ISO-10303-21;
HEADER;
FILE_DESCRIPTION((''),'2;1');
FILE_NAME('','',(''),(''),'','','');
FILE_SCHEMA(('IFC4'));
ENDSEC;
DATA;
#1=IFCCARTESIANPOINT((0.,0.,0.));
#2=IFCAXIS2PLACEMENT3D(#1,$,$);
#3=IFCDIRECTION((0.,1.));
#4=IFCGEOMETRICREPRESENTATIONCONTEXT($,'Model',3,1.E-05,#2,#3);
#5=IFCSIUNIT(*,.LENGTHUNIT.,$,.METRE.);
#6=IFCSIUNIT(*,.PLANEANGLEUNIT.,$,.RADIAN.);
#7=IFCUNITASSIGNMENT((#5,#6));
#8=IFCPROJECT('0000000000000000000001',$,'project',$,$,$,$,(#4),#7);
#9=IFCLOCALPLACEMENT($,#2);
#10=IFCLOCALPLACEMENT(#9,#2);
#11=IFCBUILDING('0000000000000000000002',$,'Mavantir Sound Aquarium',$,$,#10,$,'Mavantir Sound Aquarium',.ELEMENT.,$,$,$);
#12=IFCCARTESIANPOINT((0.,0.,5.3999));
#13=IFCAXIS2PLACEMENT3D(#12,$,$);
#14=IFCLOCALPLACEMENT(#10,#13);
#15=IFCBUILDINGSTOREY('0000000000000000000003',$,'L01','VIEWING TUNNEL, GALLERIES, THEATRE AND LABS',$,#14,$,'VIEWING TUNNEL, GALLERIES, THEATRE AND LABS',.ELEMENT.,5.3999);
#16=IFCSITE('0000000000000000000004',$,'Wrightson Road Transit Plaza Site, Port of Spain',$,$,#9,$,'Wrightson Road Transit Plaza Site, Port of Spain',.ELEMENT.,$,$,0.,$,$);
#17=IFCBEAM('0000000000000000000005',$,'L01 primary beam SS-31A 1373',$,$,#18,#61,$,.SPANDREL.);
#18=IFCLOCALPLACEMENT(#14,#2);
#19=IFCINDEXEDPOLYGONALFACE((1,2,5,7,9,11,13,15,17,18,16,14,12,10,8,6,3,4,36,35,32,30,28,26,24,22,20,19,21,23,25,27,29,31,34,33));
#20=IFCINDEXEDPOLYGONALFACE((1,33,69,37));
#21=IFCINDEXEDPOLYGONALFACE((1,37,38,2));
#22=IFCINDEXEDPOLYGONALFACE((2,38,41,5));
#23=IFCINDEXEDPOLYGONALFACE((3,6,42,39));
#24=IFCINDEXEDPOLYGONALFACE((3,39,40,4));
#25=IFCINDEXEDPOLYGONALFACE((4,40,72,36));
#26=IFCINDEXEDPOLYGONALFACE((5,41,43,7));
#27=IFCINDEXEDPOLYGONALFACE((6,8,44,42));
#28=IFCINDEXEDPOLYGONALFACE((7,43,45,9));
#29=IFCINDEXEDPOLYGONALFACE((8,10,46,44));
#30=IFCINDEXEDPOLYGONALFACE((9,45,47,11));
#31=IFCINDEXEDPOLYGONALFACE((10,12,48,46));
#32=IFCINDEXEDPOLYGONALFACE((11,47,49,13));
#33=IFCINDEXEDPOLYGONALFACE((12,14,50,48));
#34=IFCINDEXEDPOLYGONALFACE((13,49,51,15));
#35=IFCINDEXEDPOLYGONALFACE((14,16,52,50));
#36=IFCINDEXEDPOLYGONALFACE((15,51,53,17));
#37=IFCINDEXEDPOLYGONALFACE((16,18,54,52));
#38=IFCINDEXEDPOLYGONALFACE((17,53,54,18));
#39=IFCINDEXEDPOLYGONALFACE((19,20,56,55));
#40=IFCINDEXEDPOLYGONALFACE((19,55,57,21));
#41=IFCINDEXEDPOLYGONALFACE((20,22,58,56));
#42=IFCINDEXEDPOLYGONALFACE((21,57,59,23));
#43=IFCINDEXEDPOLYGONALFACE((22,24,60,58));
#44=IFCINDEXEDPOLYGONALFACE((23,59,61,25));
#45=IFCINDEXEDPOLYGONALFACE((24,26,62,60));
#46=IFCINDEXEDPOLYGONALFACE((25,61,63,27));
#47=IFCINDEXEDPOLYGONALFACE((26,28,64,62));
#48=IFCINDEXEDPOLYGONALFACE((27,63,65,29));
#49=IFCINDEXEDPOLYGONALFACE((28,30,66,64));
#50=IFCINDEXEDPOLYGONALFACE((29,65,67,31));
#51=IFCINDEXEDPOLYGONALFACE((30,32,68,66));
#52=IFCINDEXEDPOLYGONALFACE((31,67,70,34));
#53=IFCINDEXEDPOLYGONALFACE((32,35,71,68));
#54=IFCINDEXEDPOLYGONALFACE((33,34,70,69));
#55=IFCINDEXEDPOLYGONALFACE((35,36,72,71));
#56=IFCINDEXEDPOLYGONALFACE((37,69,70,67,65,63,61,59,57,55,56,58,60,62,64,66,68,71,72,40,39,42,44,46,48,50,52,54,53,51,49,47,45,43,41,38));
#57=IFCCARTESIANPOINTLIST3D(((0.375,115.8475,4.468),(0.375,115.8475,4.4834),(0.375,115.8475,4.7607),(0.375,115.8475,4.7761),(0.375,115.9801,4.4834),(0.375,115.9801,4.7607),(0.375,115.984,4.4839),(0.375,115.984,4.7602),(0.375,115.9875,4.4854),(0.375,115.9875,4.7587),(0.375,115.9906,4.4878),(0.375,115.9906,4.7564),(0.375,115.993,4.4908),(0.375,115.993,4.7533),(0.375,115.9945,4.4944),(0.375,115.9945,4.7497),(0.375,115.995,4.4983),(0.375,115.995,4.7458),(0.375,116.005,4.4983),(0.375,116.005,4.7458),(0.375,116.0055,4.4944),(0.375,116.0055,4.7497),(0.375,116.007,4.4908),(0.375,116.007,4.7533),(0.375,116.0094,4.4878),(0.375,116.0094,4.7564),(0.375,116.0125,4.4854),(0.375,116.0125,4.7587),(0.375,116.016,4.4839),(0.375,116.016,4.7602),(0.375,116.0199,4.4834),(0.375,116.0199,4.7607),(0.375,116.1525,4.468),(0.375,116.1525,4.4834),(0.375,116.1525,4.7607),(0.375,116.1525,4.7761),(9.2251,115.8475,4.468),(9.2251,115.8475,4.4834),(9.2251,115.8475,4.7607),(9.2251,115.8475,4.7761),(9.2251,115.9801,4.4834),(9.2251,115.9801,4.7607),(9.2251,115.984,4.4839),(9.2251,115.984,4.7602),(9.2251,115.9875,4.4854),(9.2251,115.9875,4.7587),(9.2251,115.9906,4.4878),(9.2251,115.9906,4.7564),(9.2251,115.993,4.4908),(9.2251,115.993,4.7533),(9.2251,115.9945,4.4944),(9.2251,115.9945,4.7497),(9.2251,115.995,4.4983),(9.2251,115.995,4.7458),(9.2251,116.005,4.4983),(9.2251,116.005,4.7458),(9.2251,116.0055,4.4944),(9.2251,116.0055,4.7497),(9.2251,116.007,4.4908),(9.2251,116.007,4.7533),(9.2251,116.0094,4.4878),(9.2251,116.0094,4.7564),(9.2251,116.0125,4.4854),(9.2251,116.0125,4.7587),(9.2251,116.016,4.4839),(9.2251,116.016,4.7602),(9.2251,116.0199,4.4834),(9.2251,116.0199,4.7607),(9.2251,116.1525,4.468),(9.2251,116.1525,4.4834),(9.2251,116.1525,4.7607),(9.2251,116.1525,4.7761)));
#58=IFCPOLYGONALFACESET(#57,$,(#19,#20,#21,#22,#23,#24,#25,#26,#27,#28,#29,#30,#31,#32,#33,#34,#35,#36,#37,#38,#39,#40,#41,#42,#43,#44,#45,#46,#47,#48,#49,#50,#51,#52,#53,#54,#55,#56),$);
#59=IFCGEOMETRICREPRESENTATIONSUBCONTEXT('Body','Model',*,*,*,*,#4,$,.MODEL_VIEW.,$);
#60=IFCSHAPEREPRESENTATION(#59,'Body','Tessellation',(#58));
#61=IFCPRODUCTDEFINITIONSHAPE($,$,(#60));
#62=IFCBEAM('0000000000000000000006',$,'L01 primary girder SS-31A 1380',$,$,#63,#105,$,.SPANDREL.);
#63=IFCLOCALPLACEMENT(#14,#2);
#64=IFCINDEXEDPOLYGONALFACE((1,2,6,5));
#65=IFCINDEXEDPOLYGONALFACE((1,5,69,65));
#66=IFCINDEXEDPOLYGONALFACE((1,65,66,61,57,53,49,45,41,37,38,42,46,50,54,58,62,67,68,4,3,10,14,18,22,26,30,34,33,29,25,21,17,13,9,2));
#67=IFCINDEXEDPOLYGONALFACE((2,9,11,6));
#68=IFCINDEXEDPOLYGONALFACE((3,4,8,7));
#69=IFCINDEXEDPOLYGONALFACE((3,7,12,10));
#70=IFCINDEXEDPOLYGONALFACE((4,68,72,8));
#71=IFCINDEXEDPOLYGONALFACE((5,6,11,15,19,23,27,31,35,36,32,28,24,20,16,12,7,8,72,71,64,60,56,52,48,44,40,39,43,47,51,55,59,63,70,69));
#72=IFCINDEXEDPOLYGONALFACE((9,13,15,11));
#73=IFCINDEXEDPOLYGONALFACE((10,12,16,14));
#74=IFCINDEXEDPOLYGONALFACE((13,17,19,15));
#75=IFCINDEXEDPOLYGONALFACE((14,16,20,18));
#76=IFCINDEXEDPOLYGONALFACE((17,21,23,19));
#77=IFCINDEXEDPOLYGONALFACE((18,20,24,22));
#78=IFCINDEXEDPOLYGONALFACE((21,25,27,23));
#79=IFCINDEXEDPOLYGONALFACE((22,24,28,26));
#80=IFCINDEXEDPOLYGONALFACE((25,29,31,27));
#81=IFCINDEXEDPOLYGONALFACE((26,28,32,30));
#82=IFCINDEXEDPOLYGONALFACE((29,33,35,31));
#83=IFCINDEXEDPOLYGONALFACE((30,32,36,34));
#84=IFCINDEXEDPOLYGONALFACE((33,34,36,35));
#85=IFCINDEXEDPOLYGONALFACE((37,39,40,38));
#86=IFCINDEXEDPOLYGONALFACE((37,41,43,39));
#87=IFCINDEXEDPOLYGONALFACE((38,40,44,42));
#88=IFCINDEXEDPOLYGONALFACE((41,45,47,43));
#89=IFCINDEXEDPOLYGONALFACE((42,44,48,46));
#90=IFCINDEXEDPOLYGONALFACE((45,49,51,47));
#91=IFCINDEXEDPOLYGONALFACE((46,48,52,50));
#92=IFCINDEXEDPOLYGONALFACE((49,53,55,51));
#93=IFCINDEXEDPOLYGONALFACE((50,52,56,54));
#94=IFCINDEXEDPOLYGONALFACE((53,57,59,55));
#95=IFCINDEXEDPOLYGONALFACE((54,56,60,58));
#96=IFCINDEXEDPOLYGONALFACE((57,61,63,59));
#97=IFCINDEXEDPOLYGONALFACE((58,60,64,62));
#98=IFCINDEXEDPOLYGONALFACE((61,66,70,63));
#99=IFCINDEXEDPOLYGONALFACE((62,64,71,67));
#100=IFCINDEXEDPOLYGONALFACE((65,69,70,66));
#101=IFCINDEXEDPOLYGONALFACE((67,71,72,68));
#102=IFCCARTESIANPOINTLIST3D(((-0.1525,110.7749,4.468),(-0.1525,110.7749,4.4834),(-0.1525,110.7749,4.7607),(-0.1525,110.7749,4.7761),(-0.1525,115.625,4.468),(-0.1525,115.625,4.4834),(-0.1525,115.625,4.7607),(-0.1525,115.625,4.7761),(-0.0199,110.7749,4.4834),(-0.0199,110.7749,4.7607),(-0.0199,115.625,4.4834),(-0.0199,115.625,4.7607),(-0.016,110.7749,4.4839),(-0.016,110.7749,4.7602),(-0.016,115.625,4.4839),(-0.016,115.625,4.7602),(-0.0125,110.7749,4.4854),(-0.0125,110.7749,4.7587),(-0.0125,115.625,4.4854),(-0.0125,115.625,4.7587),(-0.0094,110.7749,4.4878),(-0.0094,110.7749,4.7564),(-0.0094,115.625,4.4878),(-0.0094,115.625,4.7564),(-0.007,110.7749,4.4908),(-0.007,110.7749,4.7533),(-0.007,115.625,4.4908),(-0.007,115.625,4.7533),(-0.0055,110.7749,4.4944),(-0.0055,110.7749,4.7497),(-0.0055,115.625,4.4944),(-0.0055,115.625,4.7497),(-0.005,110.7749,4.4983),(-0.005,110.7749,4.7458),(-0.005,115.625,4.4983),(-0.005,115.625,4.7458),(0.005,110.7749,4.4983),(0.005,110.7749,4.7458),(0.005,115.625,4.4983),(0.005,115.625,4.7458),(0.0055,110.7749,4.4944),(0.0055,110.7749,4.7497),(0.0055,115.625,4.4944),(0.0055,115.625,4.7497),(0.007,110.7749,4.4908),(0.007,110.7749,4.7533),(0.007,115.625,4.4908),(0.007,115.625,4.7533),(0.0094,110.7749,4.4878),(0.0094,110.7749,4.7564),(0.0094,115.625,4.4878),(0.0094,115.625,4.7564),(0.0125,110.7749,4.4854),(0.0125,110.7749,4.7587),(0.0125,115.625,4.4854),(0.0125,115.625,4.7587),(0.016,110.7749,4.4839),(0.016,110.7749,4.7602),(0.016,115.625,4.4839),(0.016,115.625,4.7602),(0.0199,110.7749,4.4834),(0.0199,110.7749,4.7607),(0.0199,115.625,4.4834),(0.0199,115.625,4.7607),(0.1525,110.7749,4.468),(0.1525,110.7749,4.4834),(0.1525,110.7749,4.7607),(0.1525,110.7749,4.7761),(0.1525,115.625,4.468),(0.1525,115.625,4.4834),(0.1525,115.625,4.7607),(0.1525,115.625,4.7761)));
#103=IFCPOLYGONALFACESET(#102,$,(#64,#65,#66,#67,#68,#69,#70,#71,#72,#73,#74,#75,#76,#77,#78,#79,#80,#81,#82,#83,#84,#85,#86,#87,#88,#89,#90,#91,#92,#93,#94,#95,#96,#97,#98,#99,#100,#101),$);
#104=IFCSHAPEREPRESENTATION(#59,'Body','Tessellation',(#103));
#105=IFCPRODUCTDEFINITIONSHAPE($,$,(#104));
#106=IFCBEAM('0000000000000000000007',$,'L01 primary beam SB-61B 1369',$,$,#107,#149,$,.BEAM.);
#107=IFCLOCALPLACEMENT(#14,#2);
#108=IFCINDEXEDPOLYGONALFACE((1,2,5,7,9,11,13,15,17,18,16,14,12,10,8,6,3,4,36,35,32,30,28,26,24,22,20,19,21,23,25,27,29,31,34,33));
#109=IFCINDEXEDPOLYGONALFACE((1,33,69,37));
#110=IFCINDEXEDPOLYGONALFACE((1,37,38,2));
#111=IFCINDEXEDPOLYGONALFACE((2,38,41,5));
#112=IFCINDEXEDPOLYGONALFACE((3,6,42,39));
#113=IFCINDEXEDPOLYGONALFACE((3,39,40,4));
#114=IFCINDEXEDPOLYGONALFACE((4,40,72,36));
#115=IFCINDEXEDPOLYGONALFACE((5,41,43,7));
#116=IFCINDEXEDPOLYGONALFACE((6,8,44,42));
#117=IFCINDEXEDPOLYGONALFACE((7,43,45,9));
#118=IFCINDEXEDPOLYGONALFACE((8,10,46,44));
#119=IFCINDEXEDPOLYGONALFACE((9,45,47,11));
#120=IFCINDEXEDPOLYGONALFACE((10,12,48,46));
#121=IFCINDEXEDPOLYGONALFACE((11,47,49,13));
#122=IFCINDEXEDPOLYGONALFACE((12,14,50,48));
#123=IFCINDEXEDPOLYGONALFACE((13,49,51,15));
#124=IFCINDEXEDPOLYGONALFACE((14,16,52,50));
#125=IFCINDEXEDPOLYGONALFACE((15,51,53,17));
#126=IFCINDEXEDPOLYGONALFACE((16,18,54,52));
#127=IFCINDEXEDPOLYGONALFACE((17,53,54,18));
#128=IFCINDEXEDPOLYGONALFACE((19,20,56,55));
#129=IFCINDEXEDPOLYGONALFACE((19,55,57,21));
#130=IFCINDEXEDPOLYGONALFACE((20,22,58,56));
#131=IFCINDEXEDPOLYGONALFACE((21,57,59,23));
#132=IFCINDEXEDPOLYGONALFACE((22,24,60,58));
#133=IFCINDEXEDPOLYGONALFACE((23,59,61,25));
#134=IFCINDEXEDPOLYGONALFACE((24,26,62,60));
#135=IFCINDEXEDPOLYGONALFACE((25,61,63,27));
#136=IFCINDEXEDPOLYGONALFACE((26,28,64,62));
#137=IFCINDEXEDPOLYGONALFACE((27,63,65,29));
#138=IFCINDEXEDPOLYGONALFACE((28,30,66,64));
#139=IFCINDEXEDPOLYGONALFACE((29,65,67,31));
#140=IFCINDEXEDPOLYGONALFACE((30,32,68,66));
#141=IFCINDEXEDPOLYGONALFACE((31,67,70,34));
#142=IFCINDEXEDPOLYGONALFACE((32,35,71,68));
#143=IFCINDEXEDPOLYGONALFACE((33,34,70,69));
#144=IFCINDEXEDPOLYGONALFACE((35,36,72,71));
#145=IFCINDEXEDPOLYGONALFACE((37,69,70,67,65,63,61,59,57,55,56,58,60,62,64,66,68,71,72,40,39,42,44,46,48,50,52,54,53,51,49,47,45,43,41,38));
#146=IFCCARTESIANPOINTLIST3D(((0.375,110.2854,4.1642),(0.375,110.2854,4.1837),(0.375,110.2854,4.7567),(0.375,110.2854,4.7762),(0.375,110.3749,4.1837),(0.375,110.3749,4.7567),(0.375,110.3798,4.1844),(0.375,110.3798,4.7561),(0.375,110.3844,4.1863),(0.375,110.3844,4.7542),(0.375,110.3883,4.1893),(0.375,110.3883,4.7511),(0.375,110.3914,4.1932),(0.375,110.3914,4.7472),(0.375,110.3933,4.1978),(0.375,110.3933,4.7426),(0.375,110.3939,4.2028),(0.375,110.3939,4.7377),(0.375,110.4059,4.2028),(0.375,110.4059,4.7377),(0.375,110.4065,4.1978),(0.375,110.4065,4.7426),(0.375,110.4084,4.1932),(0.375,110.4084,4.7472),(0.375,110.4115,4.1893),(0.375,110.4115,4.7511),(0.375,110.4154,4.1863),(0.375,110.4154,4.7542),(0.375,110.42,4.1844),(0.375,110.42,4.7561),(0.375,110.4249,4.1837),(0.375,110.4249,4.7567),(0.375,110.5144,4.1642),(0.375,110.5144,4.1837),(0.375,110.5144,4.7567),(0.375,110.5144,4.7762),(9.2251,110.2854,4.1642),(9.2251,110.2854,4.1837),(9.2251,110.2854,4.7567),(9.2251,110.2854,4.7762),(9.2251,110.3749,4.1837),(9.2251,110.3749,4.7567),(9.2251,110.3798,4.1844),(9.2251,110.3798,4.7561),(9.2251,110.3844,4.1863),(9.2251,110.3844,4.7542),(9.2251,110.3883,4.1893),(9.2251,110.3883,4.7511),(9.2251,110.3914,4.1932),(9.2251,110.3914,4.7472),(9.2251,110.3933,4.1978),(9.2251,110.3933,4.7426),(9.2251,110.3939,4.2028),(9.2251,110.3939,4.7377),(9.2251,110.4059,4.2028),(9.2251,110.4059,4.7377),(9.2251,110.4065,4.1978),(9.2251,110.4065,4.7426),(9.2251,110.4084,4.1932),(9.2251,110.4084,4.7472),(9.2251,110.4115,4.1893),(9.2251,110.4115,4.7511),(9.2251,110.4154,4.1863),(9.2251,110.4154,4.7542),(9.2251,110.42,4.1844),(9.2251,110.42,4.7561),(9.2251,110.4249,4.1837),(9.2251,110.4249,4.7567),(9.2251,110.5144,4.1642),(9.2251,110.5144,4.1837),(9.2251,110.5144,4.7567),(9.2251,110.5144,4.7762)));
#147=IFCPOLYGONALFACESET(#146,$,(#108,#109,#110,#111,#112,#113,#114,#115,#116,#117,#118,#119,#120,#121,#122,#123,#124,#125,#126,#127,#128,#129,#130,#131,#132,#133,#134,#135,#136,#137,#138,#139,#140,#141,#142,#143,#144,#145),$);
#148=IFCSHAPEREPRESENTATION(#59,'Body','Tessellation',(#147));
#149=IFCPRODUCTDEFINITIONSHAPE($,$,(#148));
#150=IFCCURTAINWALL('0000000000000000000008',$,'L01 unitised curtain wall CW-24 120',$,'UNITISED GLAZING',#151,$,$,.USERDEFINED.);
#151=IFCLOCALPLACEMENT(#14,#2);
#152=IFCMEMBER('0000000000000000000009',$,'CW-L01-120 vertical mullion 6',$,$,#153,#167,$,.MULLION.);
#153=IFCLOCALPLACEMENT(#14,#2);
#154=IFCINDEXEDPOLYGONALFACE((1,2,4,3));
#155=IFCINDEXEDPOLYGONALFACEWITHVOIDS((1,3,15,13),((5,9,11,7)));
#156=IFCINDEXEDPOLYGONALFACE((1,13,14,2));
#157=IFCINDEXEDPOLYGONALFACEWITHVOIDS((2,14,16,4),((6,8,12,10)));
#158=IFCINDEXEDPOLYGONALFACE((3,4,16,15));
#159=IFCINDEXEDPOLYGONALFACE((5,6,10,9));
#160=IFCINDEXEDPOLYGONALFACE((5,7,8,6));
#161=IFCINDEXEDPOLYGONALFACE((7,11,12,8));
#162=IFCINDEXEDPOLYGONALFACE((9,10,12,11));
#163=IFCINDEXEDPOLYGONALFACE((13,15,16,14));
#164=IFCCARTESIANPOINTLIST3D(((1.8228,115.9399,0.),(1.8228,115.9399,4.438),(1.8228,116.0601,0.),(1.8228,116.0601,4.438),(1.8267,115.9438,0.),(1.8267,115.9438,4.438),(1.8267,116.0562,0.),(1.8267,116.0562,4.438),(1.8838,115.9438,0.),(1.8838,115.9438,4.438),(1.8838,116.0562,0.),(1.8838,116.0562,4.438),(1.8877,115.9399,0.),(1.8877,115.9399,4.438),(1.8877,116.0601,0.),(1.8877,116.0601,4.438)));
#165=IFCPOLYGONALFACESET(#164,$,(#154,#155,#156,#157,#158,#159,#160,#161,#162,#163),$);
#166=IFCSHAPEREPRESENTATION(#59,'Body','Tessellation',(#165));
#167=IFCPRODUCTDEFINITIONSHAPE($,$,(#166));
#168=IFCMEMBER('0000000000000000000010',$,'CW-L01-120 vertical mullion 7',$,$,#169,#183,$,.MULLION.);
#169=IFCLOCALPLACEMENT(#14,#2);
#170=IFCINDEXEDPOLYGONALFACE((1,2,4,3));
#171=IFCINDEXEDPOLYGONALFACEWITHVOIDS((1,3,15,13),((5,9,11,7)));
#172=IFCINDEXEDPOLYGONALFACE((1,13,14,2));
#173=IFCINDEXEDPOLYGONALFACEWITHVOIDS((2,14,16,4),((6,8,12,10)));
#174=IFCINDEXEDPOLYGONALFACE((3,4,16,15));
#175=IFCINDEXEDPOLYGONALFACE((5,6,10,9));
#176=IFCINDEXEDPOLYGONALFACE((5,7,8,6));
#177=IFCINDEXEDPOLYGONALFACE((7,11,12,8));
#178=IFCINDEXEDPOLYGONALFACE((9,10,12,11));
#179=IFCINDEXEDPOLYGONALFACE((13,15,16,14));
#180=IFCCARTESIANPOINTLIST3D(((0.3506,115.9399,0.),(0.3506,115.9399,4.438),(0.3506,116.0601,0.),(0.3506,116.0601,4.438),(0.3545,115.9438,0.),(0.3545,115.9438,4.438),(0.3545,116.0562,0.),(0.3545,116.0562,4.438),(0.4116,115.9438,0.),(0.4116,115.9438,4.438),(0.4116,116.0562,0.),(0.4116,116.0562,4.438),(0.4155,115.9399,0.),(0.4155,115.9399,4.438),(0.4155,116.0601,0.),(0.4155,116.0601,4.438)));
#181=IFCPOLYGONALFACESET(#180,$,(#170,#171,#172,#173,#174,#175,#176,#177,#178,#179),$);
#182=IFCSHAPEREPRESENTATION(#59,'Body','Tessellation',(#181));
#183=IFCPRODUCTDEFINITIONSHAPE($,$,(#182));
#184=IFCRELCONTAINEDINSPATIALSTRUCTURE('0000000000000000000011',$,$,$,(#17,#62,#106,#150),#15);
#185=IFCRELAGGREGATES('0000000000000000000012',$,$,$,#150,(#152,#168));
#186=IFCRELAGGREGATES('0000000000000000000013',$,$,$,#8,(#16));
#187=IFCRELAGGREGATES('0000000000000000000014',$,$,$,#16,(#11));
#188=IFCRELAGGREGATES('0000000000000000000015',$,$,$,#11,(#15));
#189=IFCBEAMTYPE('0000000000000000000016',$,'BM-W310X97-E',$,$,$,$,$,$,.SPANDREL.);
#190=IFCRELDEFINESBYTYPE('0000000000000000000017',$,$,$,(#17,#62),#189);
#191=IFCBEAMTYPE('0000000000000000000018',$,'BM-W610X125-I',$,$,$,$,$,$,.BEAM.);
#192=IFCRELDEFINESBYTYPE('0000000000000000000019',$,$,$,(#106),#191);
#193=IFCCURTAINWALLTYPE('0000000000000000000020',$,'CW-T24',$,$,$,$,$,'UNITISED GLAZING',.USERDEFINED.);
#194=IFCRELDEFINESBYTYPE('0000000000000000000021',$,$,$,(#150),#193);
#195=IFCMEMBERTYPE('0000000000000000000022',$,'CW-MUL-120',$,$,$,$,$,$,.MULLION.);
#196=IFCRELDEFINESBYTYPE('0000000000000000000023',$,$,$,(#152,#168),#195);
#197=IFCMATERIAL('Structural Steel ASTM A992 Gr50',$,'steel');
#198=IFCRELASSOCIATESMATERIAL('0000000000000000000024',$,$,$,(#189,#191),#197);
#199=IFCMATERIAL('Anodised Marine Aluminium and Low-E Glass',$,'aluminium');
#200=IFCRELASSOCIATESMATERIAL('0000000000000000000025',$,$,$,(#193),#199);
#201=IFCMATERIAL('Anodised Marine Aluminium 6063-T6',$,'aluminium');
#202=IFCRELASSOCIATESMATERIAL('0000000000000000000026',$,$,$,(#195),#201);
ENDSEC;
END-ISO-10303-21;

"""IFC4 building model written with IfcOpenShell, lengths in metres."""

from ifc_helpers import new_model, si_unit, direction, frame, origin, origin_2d, place, context, subcontext, project, spatial, hollow_rectangle, i_section, extrude, material, material_profile, profile_set, type_object, element, aggregate, save


model = new_model("IFC4")

# Units and contexts
model_context = context("Model", 3, precision=1e-05, world=origin(), true_north=direction((0.0, 1.0)))
body_context = subcontext(model_context, "Body", "Model", "MODEL_VIEW")
ifc_project = project(units=[si_unit("LENGTHUNIT", "METRE"), si_unit("PLANEANGLEUNIT", "RADIAN")], contexts=[model_context])

# Site, building, storey
site_placement = place(None, origin())
site = spatial("IfcSite", under=ifc_project, at=site_placement, Name="Wrightson Road Transit Plaza Site, Port of Spain", LongName="Wrightson Road Transit Plaza Site, Port of Spain", CompositionType="ELEMENT", RefElevation=0.0)
building_placement = place(site_placement, origin())
building = spatial("IfcBuilding", under=site, at=building_placement, Name="Mavantir Sound Aquarium", LongName="Mavantir Sound Aquarium", CompositionType="ELEMENT")
storey_placement = place(building_placement, frame((0.0, 0.0, 5.3999)))
storey = spatial("IfcBuildingStorey", under=building, at=storey_placement, Name="L01", Description="VIEWING TUNNEL, GALLERIES, THEATRE AND LABS", LongName="VIEWING TUNNEL, GALLERIES, THEATRE AND LABS", CompositionType="ELEMENT", Elevation=5.3999)

# Beams
ifc_material_1 = material(Name="Structural Steel ASTM A992 Gr50", Category="steel")
ifc_material_profile_1 = material_profile(ifc_material_1, i_section(OverallWidth=0.3049, OverallDepth=0.3081, WebThickness=0.01, FlangeThickness=0.0154, FilletRadius=0.0149, at=origin_2d()), Name="W310X97")
ifc_profile_set_1 = profile_set([ifc_material_profile_1], Name="Structural Steel ASTM A992 Gr50")
beam_type_1 = type_object("IfcBeamType", Name="BM-W310X97-E", PredefinedType="SPANDREL", material=ifc_profile_set_1)
beam_1_placement = place(storey_placement, frame((0.375, 116.0, 4.6221), z_axis=(1.0, 0.0, 0.0), x_axis=(0.0, 1.0, 0.0)))
element("IfcBeam", 1, at=beam_1_placement, inside=storey, type_object=beam_type_1, Name="L01 primary beam SS-31A 1373", PredefinedType="SPANDREL", context=body_context, shape_type="SweptSolid", body=[
    extrude(i_section(OverallWidth=0.3049, OverallDepth=0.3081, WebThickness=0.01, FlangeThickness=0.0154, FilletRadius=0.0149, at=origin_2d()), origin(), (0.0, 0.0, 1.0), 8.8501),
])
beam_2_placement = place(storey_placement, frame((0.0, 110.7749, 4.6221), z_axis=(0.0, 1.0, 0.0), x_axis=(-1.0, 0.0, 0.0)))
element("IfcBeam", 2, at=beam_2_placement, inside=storey, type_object=beam_type_1, Name="L01 primary girder SS-31A 1380", PredefinedType="SPANDREL", context=body_context, shape_type="SweptSolid", body=[
    extrude(i_section(OverallWidth=0.3049, OverallDepth=0.3081, WebThickness=0.01, FlangeThickness=0.0154, FilletRadius=0.0149, at=origin_2d()), origin(), (0.0, 0.0, 1.0), 4.8501),
])
ifc_material_profile_2 = material_profile(ifc_material_1, i_section(OverallWidth=0.229, OverallDepth=0.6121, WebThickness=0.012, FlangeThickness=0.0195, FilletRadius=0.019, at=origin_2d()), Name="W610X125")
ifc_profile_set_2 = profile_set([ifc_material_profile_2], Name="Structural Steel ASTM A992 Gr50")
beam_type_2 = type_object("IfcBeamType", Name="BM-W610X125-I", PredefinedType="BEAM", material=ifc_profile_set_2)
beam_3_placement = place(storey_placement, frame((0.375, 110.3999, 4.4702), z_axis=(1.0, 0.0, 0.0), x_axis=(0.0, 1.0, 0.0)))
element("IfcBeam", 3, at=beam_3_placement, inside=storey, type_object=beam_type_2, Name="L01 primary beam SB-61B 1369", PredefinedType="BEAM", context=body_context, shape_type="SweptSolid", body=[
    extrude(i_section(OverallWidth=0.229, OverallDepth=0.6121, WebThickness=0.012, FlangeThickness=0.0195, FilletRadius=0.019, at=origin_2d()), origin(), (0.0, 0.0, 1.0), 8.8501),
])

# Curtain wall, members
ifc_material_2 = material(Name="Anodised Marine Aluminium and Low-E Glass", Category="aluminium")
curtain_wall_type = type_object("IfcCurtainWallType", Name="CW-T24", ElementType="UNITISED GLAZING", PredefinedType="USERDEFINED", material=ifc_material_2)
curtain_wall_placement = place(storey_placement, origin())
curtain_wall = element("IfcCurtainWall", 4, at=curtain_wall_placement, inside=storey, type_object=curtain_wall_type, Name="L01 unitised curtain wall CW-24 120", ObjectType="UNITISED GLAZING", PredefinedType="USERDEFINED")
ifc_material_3 = material(Name="Anodised Marine Aluminium 6063-T6", Category="aluminium")
ifc_material_profile_3 = material_profile(ifc_material_3, hollow_rectangle(XDim=0.0649, YDim=0.1201, WallThickness=0.0039, at=origin_2d()), Name="ALU-MULLION-120X65")
ifc_profile_set_3 = profile_set([ifc_material_profile_3], Name="Anodised Marine Aluminium 6063-T6")
member_type_1 = type_object("IfcMemberType", Name="CW-MUL-120", PredefinedType="MULLION", material=ifc_profile_set_3)
member_1_placement = place(storey_placement, frame((1.8552, 116.0, 0.0), z_axis=(0.0, 0.0, 1.0), x_axis=(1.0, 0.0, 0.0)))
member_1 = element("IfcMember", 5, at=member_1_placement, type_object=member_type_1, Name="CW-L01-120 vertical mullion 6", PredefinedType="MULLION", context=body_context, shape_type="SweptSolid", body=[
    extrude(hollow_rectangle(XDim=0.0649, YDim=0.1201, WallThickness=0.0039, at=origin_2d()), origin(), (0.0, 0.0, 1.0), 4.438),
])
member_2_placement = place(storey_placement, frame((0.3831, 116.0, 0.0), z_axis=(0.0, 0.0, 1.0), x_axis=(1.0, 0.0, 0.0)))
member_2 = element("IfcMember", 6, at=member_2_placement, type_object=member_type_1, Name="CW-L01-120 vertical mullion 7", PredefinedType="MULLION", context=body_context, shape_type="SweptSolid", body=[
    extrude(hollow_rectangle(XDim=0.0649, YDim=0.1201, WallThickness=0.0039, at=origin_2d()), origin(), (0.0, 0.0, 1.0), 4.438),
])
aggregate(curtain_wall, [member_1, member_2])

save(model, "model.ifc")
